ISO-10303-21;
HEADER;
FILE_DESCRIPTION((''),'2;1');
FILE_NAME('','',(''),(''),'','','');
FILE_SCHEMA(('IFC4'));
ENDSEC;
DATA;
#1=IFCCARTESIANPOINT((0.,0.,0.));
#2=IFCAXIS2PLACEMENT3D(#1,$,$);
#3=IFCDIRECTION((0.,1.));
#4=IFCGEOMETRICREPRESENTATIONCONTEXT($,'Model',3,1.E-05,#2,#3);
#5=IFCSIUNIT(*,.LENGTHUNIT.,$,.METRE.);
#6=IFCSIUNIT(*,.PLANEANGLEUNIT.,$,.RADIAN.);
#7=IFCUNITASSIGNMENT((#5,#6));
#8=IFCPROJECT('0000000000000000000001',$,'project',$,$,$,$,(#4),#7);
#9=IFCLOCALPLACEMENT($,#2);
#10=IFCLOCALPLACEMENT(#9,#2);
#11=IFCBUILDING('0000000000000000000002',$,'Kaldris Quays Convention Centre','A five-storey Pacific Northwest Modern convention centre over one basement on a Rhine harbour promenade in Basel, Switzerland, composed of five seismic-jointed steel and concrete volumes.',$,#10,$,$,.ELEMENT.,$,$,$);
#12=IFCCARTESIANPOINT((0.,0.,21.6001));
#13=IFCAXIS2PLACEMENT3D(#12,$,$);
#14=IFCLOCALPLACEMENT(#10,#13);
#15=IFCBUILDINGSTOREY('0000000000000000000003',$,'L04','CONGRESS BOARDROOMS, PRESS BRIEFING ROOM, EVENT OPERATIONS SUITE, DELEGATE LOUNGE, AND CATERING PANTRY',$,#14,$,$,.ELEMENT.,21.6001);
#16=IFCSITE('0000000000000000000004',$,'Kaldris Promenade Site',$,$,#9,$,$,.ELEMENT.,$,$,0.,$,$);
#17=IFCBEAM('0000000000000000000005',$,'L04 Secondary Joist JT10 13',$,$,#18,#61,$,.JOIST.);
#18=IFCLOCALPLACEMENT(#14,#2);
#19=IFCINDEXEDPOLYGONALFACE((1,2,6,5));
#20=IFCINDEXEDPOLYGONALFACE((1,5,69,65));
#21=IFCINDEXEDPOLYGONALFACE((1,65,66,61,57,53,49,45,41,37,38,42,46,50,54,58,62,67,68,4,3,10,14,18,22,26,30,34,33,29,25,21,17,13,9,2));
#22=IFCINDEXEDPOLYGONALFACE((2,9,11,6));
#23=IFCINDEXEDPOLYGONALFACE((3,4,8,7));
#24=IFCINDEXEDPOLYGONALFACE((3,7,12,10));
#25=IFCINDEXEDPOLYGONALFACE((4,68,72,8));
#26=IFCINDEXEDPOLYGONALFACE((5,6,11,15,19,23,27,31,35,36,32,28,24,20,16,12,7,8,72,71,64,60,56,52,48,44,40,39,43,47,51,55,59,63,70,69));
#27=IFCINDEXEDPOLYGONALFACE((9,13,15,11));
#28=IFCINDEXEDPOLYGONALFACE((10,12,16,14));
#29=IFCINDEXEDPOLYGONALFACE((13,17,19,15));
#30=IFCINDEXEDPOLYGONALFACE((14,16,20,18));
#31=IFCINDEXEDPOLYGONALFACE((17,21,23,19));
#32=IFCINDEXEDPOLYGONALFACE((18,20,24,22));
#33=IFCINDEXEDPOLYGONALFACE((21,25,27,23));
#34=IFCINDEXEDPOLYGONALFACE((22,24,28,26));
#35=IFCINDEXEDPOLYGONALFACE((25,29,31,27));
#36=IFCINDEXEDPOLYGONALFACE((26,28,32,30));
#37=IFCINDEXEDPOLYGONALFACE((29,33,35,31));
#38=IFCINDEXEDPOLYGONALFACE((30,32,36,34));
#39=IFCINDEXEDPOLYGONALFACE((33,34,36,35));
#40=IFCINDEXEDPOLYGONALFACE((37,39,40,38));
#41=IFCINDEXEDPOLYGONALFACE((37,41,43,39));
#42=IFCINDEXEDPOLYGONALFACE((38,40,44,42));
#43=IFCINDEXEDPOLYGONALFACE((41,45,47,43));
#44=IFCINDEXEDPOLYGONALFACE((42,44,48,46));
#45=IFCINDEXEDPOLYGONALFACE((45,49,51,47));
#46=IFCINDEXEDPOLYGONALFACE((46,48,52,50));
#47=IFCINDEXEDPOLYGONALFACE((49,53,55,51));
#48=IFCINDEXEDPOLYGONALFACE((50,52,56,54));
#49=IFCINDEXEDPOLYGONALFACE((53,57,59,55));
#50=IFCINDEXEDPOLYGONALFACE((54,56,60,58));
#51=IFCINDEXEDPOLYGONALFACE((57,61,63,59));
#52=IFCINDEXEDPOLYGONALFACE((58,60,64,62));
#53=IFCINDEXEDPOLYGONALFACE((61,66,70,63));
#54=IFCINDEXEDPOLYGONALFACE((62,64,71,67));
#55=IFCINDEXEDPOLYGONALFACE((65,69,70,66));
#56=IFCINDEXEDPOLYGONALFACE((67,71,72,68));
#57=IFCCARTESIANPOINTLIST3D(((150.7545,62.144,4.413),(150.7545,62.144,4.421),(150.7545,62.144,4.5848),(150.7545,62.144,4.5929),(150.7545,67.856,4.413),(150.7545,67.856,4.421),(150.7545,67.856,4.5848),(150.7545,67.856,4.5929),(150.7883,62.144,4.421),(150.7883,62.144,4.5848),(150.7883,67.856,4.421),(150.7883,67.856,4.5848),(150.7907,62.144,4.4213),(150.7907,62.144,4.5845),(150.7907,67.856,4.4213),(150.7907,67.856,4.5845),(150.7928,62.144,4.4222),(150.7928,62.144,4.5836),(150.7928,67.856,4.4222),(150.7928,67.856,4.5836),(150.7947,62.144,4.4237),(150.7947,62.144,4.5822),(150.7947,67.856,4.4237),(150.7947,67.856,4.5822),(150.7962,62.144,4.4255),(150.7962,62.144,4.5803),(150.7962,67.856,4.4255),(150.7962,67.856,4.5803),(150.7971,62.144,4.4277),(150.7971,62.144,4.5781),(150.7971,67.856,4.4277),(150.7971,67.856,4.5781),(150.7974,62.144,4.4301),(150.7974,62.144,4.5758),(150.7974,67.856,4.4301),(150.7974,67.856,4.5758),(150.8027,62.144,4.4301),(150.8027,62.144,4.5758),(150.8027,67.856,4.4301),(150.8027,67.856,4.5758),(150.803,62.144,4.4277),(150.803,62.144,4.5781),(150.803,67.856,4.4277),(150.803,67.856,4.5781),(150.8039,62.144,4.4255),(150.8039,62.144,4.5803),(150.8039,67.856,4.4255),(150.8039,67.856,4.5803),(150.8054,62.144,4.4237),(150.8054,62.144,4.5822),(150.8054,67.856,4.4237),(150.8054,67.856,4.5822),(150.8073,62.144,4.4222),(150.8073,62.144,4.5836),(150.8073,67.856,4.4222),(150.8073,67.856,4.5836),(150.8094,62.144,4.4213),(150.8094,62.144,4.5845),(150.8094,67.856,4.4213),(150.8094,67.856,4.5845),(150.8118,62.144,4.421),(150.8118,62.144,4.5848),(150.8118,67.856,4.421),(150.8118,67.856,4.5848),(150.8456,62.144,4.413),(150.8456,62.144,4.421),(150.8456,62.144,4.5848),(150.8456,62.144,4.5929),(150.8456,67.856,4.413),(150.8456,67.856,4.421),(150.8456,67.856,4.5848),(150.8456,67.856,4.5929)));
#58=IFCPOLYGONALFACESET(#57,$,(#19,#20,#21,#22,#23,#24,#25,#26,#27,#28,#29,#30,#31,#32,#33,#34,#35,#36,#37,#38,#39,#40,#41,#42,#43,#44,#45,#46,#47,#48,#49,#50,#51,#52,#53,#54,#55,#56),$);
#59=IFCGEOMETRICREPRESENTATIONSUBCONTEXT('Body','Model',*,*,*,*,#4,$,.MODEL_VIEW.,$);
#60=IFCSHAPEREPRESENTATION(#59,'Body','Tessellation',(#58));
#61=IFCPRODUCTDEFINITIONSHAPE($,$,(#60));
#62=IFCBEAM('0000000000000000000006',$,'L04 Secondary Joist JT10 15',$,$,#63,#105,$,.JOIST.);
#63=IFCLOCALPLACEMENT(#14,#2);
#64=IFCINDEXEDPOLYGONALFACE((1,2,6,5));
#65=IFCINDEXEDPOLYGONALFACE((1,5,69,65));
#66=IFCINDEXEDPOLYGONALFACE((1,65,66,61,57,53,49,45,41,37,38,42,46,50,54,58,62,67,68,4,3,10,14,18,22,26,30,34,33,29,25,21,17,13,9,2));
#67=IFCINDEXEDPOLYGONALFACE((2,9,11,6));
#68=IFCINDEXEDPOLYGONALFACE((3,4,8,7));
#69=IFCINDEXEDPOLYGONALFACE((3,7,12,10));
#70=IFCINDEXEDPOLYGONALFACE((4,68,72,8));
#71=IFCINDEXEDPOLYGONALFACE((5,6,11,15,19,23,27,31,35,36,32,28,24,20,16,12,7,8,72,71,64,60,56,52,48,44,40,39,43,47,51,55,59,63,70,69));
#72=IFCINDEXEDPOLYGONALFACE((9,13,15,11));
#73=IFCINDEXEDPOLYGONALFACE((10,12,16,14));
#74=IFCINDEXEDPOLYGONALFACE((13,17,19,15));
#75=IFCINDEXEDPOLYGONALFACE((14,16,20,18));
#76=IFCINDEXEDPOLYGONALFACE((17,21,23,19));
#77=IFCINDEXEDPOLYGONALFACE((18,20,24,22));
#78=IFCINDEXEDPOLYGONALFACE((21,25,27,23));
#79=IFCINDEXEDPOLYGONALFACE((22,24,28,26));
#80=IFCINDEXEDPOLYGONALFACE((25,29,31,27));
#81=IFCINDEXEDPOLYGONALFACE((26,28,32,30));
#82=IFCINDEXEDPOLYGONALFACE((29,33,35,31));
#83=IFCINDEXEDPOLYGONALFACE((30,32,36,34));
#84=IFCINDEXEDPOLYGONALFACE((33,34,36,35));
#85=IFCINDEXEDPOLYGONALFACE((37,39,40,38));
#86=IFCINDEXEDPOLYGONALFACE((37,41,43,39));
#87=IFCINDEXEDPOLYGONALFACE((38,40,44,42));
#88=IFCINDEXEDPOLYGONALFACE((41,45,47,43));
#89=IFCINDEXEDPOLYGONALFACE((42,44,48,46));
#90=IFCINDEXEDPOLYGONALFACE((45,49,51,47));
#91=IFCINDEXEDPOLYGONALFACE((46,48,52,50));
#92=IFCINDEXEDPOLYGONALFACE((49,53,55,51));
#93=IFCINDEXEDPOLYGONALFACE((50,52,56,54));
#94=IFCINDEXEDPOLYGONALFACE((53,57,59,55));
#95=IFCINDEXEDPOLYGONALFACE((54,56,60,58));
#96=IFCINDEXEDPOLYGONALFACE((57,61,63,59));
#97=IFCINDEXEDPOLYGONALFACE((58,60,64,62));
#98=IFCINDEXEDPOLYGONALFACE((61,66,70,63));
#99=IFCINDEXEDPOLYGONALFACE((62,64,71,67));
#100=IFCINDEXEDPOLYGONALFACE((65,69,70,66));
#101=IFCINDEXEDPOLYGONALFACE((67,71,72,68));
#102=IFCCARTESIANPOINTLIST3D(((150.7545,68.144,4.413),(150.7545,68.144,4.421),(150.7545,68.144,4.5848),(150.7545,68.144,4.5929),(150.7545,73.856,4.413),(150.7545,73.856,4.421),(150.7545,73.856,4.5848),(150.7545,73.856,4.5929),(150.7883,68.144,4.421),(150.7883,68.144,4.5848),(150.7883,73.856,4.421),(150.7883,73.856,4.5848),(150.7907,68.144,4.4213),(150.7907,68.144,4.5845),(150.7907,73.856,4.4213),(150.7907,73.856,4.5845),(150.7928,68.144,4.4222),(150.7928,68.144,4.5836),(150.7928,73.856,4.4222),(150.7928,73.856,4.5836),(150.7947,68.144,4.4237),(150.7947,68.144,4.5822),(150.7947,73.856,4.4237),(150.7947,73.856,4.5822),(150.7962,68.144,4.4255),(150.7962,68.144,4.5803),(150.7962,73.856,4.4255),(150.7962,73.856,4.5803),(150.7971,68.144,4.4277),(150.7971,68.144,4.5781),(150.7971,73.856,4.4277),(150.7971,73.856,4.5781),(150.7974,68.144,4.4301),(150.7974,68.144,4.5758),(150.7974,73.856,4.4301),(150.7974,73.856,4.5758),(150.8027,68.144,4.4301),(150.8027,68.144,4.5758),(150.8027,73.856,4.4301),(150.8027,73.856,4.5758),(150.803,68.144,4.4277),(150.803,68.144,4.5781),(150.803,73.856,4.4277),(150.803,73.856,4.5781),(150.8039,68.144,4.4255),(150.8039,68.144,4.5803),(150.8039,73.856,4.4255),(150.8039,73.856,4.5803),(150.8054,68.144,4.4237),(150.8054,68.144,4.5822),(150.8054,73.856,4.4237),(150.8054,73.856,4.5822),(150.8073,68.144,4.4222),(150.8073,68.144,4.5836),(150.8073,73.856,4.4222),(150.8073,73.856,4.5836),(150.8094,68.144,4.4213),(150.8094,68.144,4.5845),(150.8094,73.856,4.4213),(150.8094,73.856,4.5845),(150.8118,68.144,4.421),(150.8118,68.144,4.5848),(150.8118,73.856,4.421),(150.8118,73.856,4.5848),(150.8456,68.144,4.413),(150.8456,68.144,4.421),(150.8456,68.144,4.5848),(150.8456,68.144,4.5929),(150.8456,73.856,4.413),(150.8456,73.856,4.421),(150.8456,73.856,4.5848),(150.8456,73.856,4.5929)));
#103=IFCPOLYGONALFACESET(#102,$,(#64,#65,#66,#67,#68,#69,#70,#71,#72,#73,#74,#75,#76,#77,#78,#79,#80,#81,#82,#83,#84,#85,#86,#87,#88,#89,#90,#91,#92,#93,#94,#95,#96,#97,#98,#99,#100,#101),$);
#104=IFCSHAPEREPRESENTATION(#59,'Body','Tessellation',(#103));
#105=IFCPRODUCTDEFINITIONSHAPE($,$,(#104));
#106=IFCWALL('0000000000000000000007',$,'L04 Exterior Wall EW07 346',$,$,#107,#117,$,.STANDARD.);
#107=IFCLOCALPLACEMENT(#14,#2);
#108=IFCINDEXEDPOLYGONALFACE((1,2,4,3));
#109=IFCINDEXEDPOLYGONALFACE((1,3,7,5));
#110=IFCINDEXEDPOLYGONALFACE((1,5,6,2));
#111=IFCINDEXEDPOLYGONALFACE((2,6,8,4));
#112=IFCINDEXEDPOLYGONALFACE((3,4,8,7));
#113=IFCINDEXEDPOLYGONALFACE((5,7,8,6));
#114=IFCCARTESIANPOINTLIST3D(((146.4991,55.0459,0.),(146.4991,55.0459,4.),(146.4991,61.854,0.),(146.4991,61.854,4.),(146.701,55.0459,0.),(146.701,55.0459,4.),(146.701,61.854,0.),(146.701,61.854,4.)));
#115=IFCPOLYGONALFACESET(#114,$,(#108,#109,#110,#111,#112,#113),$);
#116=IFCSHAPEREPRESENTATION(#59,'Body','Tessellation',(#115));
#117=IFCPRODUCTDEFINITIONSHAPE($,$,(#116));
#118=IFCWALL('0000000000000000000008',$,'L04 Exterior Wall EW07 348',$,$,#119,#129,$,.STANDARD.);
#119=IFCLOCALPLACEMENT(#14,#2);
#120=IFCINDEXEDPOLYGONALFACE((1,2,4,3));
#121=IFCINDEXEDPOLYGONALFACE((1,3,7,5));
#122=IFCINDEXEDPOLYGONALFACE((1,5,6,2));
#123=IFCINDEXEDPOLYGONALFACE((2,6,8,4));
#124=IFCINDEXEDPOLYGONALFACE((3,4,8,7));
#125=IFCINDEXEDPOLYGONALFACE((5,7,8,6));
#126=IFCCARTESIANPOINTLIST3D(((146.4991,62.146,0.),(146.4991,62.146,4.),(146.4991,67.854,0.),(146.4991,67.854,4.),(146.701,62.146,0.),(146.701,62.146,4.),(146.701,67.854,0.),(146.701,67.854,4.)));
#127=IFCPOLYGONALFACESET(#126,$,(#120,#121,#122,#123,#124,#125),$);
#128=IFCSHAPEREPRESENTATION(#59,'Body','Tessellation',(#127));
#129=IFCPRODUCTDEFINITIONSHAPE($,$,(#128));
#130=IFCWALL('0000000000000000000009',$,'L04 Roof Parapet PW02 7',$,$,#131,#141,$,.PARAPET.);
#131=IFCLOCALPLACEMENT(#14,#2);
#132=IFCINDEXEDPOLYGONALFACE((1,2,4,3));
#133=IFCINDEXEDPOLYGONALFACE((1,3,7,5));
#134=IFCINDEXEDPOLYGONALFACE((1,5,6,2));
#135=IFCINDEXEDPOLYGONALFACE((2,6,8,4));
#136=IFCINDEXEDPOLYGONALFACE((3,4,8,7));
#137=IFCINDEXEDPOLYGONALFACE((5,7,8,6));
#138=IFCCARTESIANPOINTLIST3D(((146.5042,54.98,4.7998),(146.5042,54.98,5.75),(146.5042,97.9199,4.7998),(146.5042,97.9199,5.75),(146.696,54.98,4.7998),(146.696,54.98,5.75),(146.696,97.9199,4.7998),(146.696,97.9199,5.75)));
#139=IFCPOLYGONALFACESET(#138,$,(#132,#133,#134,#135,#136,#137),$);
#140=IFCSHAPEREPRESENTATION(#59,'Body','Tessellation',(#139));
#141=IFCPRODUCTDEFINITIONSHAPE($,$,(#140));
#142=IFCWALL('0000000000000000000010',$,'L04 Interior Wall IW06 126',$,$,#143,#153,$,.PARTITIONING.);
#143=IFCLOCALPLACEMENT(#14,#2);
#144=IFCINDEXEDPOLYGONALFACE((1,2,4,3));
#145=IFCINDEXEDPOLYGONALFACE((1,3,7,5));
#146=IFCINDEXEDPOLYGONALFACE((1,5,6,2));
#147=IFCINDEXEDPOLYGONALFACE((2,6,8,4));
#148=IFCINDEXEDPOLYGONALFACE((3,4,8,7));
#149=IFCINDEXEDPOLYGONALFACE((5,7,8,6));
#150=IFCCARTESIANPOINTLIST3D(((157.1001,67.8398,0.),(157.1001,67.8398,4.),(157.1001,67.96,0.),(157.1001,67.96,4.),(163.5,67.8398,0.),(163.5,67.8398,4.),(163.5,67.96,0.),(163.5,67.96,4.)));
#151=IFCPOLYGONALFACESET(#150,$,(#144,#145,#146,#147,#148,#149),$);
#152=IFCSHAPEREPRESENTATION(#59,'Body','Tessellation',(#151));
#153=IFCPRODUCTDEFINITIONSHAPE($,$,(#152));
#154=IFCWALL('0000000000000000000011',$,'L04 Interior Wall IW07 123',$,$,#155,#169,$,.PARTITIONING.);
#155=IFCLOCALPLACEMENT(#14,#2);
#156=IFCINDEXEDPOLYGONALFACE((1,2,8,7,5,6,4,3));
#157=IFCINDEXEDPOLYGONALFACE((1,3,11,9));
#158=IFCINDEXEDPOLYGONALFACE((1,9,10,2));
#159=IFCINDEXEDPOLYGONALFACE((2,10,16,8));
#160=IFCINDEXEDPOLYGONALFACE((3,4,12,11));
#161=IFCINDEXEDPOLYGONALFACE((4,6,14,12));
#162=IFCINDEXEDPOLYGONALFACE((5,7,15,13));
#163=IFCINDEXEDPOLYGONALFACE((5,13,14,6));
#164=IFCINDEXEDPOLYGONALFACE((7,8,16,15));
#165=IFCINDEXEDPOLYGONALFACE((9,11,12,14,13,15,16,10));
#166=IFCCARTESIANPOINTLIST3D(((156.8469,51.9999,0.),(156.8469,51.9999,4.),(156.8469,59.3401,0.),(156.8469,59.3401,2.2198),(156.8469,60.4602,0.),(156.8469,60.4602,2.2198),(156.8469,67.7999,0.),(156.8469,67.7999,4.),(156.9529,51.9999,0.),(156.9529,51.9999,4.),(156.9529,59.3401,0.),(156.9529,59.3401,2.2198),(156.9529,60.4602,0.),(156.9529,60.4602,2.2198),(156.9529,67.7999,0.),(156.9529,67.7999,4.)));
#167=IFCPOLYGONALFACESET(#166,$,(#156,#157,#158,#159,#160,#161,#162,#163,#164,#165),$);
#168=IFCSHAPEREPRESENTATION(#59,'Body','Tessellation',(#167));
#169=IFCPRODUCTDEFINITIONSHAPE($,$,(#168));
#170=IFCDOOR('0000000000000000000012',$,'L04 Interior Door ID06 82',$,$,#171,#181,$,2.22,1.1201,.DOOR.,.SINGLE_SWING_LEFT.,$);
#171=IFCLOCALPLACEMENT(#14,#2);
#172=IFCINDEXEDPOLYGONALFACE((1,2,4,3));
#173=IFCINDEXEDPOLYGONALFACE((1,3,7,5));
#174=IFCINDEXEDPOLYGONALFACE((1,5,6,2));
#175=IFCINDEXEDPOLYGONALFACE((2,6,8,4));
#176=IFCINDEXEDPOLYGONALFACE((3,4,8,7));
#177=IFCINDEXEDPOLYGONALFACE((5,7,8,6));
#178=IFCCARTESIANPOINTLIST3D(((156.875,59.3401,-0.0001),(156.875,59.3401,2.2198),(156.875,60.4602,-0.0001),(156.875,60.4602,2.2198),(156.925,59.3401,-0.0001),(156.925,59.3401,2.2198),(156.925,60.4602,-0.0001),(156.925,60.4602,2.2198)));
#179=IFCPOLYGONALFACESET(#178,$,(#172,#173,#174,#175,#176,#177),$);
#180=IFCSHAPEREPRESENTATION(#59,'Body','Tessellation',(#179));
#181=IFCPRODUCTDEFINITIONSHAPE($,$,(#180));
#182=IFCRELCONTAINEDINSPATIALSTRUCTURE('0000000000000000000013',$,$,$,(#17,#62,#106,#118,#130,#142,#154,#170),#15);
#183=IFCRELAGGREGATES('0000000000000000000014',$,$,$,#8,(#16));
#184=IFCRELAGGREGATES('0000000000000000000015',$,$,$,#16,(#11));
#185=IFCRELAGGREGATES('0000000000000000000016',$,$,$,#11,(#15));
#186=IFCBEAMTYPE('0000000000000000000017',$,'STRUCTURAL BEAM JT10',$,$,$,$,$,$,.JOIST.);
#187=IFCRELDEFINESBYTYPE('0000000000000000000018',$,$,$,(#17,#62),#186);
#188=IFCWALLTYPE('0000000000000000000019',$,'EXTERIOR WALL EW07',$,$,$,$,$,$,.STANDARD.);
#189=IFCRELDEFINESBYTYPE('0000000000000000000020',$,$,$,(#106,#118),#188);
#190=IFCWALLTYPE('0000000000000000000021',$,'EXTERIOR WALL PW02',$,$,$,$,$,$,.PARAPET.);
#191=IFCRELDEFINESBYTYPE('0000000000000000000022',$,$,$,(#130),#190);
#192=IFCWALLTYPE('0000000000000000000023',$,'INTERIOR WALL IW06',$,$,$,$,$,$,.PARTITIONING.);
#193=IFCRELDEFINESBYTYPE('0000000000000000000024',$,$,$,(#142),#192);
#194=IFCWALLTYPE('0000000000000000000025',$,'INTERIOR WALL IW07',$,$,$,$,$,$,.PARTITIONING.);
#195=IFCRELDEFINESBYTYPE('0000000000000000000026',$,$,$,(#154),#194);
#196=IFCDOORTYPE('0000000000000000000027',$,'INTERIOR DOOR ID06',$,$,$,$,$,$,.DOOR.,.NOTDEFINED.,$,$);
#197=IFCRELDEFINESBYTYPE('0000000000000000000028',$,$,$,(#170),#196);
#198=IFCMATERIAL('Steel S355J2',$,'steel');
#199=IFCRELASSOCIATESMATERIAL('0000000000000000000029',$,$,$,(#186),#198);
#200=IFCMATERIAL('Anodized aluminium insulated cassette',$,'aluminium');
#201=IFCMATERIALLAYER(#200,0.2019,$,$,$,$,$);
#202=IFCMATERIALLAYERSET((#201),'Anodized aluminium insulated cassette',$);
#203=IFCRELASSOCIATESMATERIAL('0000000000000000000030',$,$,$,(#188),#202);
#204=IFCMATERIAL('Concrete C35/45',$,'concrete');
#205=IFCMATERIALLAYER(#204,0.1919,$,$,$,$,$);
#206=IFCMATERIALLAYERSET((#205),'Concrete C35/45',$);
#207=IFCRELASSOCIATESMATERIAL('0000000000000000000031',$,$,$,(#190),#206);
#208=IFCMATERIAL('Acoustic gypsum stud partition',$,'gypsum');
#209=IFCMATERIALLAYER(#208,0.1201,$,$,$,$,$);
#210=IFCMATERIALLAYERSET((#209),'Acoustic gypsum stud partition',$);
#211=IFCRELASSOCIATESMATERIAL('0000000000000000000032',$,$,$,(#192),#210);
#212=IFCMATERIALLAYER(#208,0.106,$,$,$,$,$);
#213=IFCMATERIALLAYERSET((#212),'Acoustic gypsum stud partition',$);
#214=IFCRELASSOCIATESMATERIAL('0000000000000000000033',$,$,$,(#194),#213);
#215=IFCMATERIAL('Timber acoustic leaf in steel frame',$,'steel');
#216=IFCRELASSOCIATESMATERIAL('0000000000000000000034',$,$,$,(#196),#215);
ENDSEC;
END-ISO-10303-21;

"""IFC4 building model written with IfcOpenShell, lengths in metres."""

from ifc_helpers import new_model, si_unit, direction, frame, frame_2d, origin, origin_2d, place, context, subcontext, project, spatial, rectangle, i_section, extrude, material, layer, layer_set, material_profile, profile_set, type_object, element, fill, save


model = new_model("IFC4")

# Units and contexts
model_context = context("Model", 3, precision=1e-05, world=origin(), true_north=direction((0.0, 1.0)))
body_context = subcontext(model_context, "Body", "Model", "MODEL_VIEW")
ifc_project = project(units=[si_unit("LENGTHUNIT", "METRE"), si_unit("PLANEANGLEUNIT", "RADIAN")], contexts=[model_context])

# Site, building, storey
site_placement = place(None, origin())
site = spatial("IfcSite", under=ifc_project, at=site_placement, Name="Kaldris Promenade Site", CompositionType="ELEMENT", RefElevation=0.0)
building_placement = place(site_placement, origin())
building = spatial("IfcBuilding", under=site, at=building_placement, Name="Kaldris Quays Convention Centre", Description="A five-storey Pacific Northwest Modern convention centre over one basement on a Rhine harbour promenade in Basel, Switzerland, composed of five seismic-jointed steel and concrete volumes.", CompositionType="ELEMENT")
storey_placement = place(building_placement, frame((0.0, 0.0, 21.6001)))
storey = spatial("IfcBuildingStorey", under=building, at=storey_placement, Name="L04", Description="CONGRESS BOARDROOMS, PRESS BRIEFING ROOM, EVENT OPERATIONS SUITE, DELEGATE LOUNGE, AND CATERING PANTRY", CompositionType="ELEMENT", Elevation=21.6001)

# Shared definitions
ifc_material_1 = material(Name="Steel S355J2", Category="steel")

# Beams
ifc_material_profile_1 = material_profile(ifc_material_1, i_section(OverallWidth=0.0911, OverallDepth=0.1799, WebThickness=0.0054, FlangeThickness=0.0081, FilletRadius=0.009, at=origin_2d()), Name="IPE 180")
ifc_profile_set_1 = profile_set([ifc_material_profile_1], Name="Steel S355J2")
beam_type_1 = type_object("IfcBeamType", Name="STRUCTURAL BEAM JT10", PredefinedType="JOIST", material=ifc_profile_set_1)
for number, where, z_axis, x_axis, name in (
    (1, (150.8, 62.144, 4.5029), (0.0, 1.0, 0.0), (-1.0, 0.0, 0.0), "L04 Secondary Joist JT10 13"),
    (2, (150.8, 68.144, 4.5029), (0.0, 1.0, 0.0), (-1.0, 0.0, 0.0), "L04 Secondary Joist JT10 15"),
):
    element("IfcBeam", number, at=place(storey_placement, frame(where, z_axis=z_axis, x_axis=x_axis)), inside=storey, type_object=beam_type_1, Name=name, PredefinedType="JOIST", context=body_context, shape_type="SweptSolid", body=[
        extrude(i_section(OverallWidth=0.0911, OverallDepth=0.1799, WebThickness=0.0054, FlangeThickness=0.0081, FilletRadius=0.009, at=origin_2d()), origin(), (0.0, 0.0, 1.0), 5.7119),
    ])

# Walls
ifc_material_2 = material(Name="Anodized aluminium insulated cassette", Category="aluminium")
ifc_layer_1 = layer(ifc_material_2, 0.2019)
ifc_layer_set_1 = layer_set([ifc_layer_1], Name="Anodized aluminium insulated cassette")
wall_type_1 = type_object("IfcWallType", Name="EXTERIOR WALL EW07", PredefinedType="STANDARD", material=ifc_layer_set_1)
wall_1_placement = place(storey_placement, frame((146.6001, 55.0459, 0.0), z_axis=(0.0, 0.0, 1.0), x_axis=(0.0, 1.0, 0.0)))
element("IfcWall", 3, at=wall_1_placement, inside=storey, type_object=wall_type_1, Name="L04 Exterior Wall EW07 346", PredefinedType="STANDARD", context=body_context, shape_type="SweptSolid", body=[
    extrude(rectangle(XDim=6.8081, YDim=0.2019, at=frame_2d((3.4041, 0.0))), origin(), (0.0, 0.0, 1.0), 4.0),
])
wall_2_placement = place(storey_placement, frame((146.6001, 62.146, 0.0), z_axis=(0.0, 0.0, 1.0), x_axis=(0.0, 1.0, 0.0)))
element("IfcWall", 4, at=wall_2_placement, inside=storey, type_object=wall_type_1, Name="L04 Exterior Wall EW07 348", PredefinedType="STANDARD", context=body_context, shape_type="SweptSolid", body=[
    extrude(rectangle(XDim=5.708, YDim=0.2019, at=frame_2d((2.854, 0.0))), origin(), (0.0, 0.0, 1.0), 4.0),
])
ifc_material_3 = material(Name="Concrete C35/45", Category="concrete")
ifc_layer_2 = layer(ifc_material_3, 0.1919)
ifc_layer_set_2 = layer_set([ifc_layer_2], Name="Concrete C35/45")
wall_type_2 = type_object("IfcWallType", Name="EXTERIOR WALL PW02", PredefinedType="PARAPET", material=ifc_layer_set_2)
wall_3_placement = place(storey_placement, frame((146.6001, 54.98, 4.7998), z_axis=(0.0, 0.0, 1.0), x_axis=(0.0, 1.0, 0.0)))
element("IfcWall", 5, at=wall_3_placement, inside=storey, type_object=wall_type_2, Name="L04 Roof Parapet PW02 7", PredefinedType="PARAPET", context=body_context, shape_type="SweptSolid", body=[
    extrude(rectangle(XDim=42.9399, YDim=0.1919, at=frame_2d((21.47, 0.0))), origin(), (0.0, 0.0, 1.0), 0.9502),
])
ifc_material_4 = material(Name="Acoustic gypsum stud partition", Category="gypsum")
ifc_layer_3 = layer(ifc_material_4, 0.1201)
ifc_layer_set_3 = layer_set([ifc_layer_3], Name="Acoustic gypsum stud partition")
wall_type_3 = type_object("IfcWallType", Name="INTERIOR WALL IW06", PredefinedType="PARTITIONING", material=ifc_layer_set_3)
wall_4_placement = place(storey_placement, frame((157.1001, 67.8999, 0.0), z_axis=(0.0, 0.0, 1.0), x_axis=(1.0, 0.0, 0.0)))
element("IfcWall", 6, at=wall_4_placement, inside=storey, type_object=wall_type_3, Name="L04 Interior Wall IW06 126", PredefinedType="PARTITIONING", context=body_context, shape_type="SweptSolid", body=[
    extrude(rectangle(XDim=6.3999, YDim=0.1201, at=frame_2d((3.2, 0.0))), origin(), (0.0, 0.0, 1.0), 4.0),
])

# Wall, opening, door
ifc_layer_4 = layer(ifc_material_4, 0.106)
ifc_layer_set_4 = layer_set([ifc_layer_4], Name="Acoustic gypsum stud partition")
wall_type_4 = type_object("IfcWallType", Name="INTERIOR WALL IW07", PredefinedType="PARTITIONING", material=ifc_layer_set_4)
wall_5_placement = place(storey_placement, frame((156.8999, 52.0, 0.0), z_axis=(0.0, 0.0, 1.0), x_axis=(0.0, 1.0, 0.0)))
wall_5 = element("IfcWall", 7, at=wall_5_placement, inside=storey, type_object=wall_type_4, Name="L04 Interior Wall IW07 123", PredefinedType="PARTITIONING", context=body_context, shape_type="SweptSolid", body=[
    extrude(rectangle(XDim=15.8, YDim=0.106, at=frame_2d((7.8999, 0.0))), origin(), (0.0, 0.0, 1.0), 4.0),
])
opening_1_placement = place(wall_5_placement, frame((7.3401, 0.0, 0.0)))
opening_1 = element("IfcOpeningElement", 8, at=opening_1_placement, cuts=wall_5, PredefinedType="OPENING", context=body_context, shape_type="SweptSolid", body=[
    extrude(rectangle(XDim=1.1201, YDim=2.22, at=frame_2d((0.5601, 1.1099))), frame((0.0, 0.063, 0.0), z_axis=(0.0, -1.0, 0.0), x_axis=(1.0, 0.0, 0.0)), (0.0, 0.0, 1.0), 0.126),
])
ifc_material_5 = material(Name="Timber acoustic leaf in steel frame", Category="steel")
door_type_1 = type_object("IfcDoorType", Name="INTERIOR DOOR ID06", OperationType="NOTDEFINED", PredefinedType="DOOR", material=ifc_material_5)
door_1_placement = place(opening_1_placement, origin())
door_1 = element("IfcDoor", 9, at=door_1_placement, inside=storey, type_object=door_type_1, Name="L04 Interior Door ID06 82", OperationType="SINGLE_SWING_LEFT", OverallHeight=2.22, OverallWidth=1.1201, PredefinedType="DOOR", context=body_context, shape_type="SweptSolid", body=[
    extrude(rectangle(XDim=1.1201, YDim=2.22, at=frame_2d((0.5601, 1.1099))), frame((0.0, 0.0249, 0.0), z_axis=(0.0, -1.0, 0.0), x_axis=(1.0, 0.0, 0.0)), (0.0, 0.0, 1.0), 0.05),
])
fill(opening_1, door_1)

save(model, "model.ifc")
